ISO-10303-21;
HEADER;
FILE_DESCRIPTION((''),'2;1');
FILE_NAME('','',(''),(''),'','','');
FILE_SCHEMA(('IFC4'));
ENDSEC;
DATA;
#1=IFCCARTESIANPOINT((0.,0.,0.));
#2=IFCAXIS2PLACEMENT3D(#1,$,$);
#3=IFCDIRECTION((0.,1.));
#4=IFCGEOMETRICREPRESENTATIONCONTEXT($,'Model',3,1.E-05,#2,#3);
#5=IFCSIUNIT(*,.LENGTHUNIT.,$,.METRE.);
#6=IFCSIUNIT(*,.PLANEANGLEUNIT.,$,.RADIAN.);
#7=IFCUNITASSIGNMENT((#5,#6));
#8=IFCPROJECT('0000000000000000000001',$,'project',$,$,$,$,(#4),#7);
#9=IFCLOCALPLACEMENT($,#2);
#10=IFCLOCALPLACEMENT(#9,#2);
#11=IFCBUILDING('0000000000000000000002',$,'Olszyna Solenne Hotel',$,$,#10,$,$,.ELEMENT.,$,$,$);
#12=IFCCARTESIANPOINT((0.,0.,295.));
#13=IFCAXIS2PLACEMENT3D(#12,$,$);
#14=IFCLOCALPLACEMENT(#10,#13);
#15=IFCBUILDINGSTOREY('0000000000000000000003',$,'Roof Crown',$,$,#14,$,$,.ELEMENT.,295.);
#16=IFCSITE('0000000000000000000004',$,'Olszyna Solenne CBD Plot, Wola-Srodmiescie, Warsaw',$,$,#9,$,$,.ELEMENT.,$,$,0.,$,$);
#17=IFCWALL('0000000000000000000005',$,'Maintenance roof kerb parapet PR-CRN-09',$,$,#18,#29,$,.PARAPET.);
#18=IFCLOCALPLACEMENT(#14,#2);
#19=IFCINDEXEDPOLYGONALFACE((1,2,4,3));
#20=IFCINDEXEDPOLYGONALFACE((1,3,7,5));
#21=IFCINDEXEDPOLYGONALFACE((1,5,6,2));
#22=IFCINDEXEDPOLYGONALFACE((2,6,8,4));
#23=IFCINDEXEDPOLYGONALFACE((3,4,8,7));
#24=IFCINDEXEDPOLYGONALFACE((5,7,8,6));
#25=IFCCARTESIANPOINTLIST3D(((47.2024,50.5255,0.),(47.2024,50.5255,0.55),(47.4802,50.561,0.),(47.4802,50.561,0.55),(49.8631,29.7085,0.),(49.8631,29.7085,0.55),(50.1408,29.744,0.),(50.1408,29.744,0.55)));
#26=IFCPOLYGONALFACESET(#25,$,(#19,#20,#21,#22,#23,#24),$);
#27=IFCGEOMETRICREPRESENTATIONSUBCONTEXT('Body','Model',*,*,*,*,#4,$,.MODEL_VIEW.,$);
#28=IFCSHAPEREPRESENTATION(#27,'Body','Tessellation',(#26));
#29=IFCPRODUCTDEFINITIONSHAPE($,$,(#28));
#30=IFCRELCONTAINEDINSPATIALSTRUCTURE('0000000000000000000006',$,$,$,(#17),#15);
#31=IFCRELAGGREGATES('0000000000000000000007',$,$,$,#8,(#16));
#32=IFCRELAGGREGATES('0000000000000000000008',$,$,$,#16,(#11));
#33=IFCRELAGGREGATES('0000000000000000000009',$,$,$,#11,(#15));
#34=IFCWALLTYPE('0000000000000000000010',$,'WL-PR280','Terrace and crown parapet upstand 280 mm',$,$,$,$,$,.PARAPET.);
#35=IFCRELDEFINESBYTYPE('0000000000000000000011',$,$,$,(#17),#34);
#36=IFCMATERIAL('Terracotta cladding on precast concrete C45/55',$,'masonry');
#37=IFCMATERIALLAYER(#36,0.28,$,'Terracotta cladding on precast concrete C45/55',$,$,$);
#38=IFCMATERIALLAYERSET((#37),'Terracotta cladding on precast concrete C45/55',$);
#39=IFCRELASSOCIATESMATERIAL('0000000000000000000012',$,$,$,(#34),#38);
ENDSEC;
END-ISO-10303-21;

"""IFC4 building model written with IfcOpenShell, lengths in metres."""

from ifc_helpers import new_model, si_unit, direction, frame, frame_2d, origin, place, context, subcontext, project, spatial, rectangle, extrude, material, layer, layer_set, type_object, element, save


model = new_model("IFC4")

# Units and contexts
model_context = context("Model", 3, precision=1e-05, world=origin(), true_north=direction((0.0, 1.0)))
body_context = subcontext(model_context, "Body", "Model", "MODEL_VIEW")
ifc_project = project(units=[si_unit("LENGTHUNIT", "METRE"), si_unit("PLANEANGLEUNIT", "RADIAN")], contexts=[model_context])

# Site, building, storey
site_placement = place(None, origin())
site = spatial("IfcSite", under=ifc_project, at=site_placement, Name="Olszyna Solenne CBD Plot, Wola-Srodmiescie, Warsaw", CompositionType="ELEMENT", RefElevation=0.0)
building_placement = place(site_placement, origin())
building = spatial("IfcBuilding", under=site, at=building_placement, Name="Olszyna Solenne Hotel", CompositionType="ELEMENT")
storey_placement = place(building_placement, frame((0.0, 0.0, 295.0)))
storey = spatial("IfcBuildingStorey", under=building, at=storey_placement, Name="Roof Crown", CompositionType="ELEMENT", Elevation=295.0)

# Wall
ifc_material_1 = material(Name="Terracotta cladding on precast concrete C45/55", Category="masonry")
ifc_layer = layer(ifc_material_1, 0.28, Name="Terracotta cladding on precast concrete C45/55")
ifc_layer_set = layer_set([ifc_layer], Name="Terracotta cladding on precast concrete C45/55")
wall_type = type_object("IfcWallType", Name="WL-PR280", Description="Terrace and crown parapet upstand 280 mm", PredefinedType="PARAPET", material=ifc_layer_set)
wall_placement = place(storey_placement, frame((47.3413, 50.5432, 0.0), z_axis=(0.0, 0.0, 1.0), x_axis=(0.12678, -0.991931, 0.0)))
element("IfcWall", 1, at=wall_placement, inside=storey, type_object=wall_type, Name="Maintenance roof kerb parapet PR-CRN-09", PredefinedType="PARAPET", context=body_context, shape_type="SweptSolid", body=[
    extrude(rectangle(XDim=20.9863, YDim=0.28, at=frame_2d((10.4932, 0.0))), origin(), (0.0, 0.0, 1.0), 0.55),
])

save(model, "model.ifc")
